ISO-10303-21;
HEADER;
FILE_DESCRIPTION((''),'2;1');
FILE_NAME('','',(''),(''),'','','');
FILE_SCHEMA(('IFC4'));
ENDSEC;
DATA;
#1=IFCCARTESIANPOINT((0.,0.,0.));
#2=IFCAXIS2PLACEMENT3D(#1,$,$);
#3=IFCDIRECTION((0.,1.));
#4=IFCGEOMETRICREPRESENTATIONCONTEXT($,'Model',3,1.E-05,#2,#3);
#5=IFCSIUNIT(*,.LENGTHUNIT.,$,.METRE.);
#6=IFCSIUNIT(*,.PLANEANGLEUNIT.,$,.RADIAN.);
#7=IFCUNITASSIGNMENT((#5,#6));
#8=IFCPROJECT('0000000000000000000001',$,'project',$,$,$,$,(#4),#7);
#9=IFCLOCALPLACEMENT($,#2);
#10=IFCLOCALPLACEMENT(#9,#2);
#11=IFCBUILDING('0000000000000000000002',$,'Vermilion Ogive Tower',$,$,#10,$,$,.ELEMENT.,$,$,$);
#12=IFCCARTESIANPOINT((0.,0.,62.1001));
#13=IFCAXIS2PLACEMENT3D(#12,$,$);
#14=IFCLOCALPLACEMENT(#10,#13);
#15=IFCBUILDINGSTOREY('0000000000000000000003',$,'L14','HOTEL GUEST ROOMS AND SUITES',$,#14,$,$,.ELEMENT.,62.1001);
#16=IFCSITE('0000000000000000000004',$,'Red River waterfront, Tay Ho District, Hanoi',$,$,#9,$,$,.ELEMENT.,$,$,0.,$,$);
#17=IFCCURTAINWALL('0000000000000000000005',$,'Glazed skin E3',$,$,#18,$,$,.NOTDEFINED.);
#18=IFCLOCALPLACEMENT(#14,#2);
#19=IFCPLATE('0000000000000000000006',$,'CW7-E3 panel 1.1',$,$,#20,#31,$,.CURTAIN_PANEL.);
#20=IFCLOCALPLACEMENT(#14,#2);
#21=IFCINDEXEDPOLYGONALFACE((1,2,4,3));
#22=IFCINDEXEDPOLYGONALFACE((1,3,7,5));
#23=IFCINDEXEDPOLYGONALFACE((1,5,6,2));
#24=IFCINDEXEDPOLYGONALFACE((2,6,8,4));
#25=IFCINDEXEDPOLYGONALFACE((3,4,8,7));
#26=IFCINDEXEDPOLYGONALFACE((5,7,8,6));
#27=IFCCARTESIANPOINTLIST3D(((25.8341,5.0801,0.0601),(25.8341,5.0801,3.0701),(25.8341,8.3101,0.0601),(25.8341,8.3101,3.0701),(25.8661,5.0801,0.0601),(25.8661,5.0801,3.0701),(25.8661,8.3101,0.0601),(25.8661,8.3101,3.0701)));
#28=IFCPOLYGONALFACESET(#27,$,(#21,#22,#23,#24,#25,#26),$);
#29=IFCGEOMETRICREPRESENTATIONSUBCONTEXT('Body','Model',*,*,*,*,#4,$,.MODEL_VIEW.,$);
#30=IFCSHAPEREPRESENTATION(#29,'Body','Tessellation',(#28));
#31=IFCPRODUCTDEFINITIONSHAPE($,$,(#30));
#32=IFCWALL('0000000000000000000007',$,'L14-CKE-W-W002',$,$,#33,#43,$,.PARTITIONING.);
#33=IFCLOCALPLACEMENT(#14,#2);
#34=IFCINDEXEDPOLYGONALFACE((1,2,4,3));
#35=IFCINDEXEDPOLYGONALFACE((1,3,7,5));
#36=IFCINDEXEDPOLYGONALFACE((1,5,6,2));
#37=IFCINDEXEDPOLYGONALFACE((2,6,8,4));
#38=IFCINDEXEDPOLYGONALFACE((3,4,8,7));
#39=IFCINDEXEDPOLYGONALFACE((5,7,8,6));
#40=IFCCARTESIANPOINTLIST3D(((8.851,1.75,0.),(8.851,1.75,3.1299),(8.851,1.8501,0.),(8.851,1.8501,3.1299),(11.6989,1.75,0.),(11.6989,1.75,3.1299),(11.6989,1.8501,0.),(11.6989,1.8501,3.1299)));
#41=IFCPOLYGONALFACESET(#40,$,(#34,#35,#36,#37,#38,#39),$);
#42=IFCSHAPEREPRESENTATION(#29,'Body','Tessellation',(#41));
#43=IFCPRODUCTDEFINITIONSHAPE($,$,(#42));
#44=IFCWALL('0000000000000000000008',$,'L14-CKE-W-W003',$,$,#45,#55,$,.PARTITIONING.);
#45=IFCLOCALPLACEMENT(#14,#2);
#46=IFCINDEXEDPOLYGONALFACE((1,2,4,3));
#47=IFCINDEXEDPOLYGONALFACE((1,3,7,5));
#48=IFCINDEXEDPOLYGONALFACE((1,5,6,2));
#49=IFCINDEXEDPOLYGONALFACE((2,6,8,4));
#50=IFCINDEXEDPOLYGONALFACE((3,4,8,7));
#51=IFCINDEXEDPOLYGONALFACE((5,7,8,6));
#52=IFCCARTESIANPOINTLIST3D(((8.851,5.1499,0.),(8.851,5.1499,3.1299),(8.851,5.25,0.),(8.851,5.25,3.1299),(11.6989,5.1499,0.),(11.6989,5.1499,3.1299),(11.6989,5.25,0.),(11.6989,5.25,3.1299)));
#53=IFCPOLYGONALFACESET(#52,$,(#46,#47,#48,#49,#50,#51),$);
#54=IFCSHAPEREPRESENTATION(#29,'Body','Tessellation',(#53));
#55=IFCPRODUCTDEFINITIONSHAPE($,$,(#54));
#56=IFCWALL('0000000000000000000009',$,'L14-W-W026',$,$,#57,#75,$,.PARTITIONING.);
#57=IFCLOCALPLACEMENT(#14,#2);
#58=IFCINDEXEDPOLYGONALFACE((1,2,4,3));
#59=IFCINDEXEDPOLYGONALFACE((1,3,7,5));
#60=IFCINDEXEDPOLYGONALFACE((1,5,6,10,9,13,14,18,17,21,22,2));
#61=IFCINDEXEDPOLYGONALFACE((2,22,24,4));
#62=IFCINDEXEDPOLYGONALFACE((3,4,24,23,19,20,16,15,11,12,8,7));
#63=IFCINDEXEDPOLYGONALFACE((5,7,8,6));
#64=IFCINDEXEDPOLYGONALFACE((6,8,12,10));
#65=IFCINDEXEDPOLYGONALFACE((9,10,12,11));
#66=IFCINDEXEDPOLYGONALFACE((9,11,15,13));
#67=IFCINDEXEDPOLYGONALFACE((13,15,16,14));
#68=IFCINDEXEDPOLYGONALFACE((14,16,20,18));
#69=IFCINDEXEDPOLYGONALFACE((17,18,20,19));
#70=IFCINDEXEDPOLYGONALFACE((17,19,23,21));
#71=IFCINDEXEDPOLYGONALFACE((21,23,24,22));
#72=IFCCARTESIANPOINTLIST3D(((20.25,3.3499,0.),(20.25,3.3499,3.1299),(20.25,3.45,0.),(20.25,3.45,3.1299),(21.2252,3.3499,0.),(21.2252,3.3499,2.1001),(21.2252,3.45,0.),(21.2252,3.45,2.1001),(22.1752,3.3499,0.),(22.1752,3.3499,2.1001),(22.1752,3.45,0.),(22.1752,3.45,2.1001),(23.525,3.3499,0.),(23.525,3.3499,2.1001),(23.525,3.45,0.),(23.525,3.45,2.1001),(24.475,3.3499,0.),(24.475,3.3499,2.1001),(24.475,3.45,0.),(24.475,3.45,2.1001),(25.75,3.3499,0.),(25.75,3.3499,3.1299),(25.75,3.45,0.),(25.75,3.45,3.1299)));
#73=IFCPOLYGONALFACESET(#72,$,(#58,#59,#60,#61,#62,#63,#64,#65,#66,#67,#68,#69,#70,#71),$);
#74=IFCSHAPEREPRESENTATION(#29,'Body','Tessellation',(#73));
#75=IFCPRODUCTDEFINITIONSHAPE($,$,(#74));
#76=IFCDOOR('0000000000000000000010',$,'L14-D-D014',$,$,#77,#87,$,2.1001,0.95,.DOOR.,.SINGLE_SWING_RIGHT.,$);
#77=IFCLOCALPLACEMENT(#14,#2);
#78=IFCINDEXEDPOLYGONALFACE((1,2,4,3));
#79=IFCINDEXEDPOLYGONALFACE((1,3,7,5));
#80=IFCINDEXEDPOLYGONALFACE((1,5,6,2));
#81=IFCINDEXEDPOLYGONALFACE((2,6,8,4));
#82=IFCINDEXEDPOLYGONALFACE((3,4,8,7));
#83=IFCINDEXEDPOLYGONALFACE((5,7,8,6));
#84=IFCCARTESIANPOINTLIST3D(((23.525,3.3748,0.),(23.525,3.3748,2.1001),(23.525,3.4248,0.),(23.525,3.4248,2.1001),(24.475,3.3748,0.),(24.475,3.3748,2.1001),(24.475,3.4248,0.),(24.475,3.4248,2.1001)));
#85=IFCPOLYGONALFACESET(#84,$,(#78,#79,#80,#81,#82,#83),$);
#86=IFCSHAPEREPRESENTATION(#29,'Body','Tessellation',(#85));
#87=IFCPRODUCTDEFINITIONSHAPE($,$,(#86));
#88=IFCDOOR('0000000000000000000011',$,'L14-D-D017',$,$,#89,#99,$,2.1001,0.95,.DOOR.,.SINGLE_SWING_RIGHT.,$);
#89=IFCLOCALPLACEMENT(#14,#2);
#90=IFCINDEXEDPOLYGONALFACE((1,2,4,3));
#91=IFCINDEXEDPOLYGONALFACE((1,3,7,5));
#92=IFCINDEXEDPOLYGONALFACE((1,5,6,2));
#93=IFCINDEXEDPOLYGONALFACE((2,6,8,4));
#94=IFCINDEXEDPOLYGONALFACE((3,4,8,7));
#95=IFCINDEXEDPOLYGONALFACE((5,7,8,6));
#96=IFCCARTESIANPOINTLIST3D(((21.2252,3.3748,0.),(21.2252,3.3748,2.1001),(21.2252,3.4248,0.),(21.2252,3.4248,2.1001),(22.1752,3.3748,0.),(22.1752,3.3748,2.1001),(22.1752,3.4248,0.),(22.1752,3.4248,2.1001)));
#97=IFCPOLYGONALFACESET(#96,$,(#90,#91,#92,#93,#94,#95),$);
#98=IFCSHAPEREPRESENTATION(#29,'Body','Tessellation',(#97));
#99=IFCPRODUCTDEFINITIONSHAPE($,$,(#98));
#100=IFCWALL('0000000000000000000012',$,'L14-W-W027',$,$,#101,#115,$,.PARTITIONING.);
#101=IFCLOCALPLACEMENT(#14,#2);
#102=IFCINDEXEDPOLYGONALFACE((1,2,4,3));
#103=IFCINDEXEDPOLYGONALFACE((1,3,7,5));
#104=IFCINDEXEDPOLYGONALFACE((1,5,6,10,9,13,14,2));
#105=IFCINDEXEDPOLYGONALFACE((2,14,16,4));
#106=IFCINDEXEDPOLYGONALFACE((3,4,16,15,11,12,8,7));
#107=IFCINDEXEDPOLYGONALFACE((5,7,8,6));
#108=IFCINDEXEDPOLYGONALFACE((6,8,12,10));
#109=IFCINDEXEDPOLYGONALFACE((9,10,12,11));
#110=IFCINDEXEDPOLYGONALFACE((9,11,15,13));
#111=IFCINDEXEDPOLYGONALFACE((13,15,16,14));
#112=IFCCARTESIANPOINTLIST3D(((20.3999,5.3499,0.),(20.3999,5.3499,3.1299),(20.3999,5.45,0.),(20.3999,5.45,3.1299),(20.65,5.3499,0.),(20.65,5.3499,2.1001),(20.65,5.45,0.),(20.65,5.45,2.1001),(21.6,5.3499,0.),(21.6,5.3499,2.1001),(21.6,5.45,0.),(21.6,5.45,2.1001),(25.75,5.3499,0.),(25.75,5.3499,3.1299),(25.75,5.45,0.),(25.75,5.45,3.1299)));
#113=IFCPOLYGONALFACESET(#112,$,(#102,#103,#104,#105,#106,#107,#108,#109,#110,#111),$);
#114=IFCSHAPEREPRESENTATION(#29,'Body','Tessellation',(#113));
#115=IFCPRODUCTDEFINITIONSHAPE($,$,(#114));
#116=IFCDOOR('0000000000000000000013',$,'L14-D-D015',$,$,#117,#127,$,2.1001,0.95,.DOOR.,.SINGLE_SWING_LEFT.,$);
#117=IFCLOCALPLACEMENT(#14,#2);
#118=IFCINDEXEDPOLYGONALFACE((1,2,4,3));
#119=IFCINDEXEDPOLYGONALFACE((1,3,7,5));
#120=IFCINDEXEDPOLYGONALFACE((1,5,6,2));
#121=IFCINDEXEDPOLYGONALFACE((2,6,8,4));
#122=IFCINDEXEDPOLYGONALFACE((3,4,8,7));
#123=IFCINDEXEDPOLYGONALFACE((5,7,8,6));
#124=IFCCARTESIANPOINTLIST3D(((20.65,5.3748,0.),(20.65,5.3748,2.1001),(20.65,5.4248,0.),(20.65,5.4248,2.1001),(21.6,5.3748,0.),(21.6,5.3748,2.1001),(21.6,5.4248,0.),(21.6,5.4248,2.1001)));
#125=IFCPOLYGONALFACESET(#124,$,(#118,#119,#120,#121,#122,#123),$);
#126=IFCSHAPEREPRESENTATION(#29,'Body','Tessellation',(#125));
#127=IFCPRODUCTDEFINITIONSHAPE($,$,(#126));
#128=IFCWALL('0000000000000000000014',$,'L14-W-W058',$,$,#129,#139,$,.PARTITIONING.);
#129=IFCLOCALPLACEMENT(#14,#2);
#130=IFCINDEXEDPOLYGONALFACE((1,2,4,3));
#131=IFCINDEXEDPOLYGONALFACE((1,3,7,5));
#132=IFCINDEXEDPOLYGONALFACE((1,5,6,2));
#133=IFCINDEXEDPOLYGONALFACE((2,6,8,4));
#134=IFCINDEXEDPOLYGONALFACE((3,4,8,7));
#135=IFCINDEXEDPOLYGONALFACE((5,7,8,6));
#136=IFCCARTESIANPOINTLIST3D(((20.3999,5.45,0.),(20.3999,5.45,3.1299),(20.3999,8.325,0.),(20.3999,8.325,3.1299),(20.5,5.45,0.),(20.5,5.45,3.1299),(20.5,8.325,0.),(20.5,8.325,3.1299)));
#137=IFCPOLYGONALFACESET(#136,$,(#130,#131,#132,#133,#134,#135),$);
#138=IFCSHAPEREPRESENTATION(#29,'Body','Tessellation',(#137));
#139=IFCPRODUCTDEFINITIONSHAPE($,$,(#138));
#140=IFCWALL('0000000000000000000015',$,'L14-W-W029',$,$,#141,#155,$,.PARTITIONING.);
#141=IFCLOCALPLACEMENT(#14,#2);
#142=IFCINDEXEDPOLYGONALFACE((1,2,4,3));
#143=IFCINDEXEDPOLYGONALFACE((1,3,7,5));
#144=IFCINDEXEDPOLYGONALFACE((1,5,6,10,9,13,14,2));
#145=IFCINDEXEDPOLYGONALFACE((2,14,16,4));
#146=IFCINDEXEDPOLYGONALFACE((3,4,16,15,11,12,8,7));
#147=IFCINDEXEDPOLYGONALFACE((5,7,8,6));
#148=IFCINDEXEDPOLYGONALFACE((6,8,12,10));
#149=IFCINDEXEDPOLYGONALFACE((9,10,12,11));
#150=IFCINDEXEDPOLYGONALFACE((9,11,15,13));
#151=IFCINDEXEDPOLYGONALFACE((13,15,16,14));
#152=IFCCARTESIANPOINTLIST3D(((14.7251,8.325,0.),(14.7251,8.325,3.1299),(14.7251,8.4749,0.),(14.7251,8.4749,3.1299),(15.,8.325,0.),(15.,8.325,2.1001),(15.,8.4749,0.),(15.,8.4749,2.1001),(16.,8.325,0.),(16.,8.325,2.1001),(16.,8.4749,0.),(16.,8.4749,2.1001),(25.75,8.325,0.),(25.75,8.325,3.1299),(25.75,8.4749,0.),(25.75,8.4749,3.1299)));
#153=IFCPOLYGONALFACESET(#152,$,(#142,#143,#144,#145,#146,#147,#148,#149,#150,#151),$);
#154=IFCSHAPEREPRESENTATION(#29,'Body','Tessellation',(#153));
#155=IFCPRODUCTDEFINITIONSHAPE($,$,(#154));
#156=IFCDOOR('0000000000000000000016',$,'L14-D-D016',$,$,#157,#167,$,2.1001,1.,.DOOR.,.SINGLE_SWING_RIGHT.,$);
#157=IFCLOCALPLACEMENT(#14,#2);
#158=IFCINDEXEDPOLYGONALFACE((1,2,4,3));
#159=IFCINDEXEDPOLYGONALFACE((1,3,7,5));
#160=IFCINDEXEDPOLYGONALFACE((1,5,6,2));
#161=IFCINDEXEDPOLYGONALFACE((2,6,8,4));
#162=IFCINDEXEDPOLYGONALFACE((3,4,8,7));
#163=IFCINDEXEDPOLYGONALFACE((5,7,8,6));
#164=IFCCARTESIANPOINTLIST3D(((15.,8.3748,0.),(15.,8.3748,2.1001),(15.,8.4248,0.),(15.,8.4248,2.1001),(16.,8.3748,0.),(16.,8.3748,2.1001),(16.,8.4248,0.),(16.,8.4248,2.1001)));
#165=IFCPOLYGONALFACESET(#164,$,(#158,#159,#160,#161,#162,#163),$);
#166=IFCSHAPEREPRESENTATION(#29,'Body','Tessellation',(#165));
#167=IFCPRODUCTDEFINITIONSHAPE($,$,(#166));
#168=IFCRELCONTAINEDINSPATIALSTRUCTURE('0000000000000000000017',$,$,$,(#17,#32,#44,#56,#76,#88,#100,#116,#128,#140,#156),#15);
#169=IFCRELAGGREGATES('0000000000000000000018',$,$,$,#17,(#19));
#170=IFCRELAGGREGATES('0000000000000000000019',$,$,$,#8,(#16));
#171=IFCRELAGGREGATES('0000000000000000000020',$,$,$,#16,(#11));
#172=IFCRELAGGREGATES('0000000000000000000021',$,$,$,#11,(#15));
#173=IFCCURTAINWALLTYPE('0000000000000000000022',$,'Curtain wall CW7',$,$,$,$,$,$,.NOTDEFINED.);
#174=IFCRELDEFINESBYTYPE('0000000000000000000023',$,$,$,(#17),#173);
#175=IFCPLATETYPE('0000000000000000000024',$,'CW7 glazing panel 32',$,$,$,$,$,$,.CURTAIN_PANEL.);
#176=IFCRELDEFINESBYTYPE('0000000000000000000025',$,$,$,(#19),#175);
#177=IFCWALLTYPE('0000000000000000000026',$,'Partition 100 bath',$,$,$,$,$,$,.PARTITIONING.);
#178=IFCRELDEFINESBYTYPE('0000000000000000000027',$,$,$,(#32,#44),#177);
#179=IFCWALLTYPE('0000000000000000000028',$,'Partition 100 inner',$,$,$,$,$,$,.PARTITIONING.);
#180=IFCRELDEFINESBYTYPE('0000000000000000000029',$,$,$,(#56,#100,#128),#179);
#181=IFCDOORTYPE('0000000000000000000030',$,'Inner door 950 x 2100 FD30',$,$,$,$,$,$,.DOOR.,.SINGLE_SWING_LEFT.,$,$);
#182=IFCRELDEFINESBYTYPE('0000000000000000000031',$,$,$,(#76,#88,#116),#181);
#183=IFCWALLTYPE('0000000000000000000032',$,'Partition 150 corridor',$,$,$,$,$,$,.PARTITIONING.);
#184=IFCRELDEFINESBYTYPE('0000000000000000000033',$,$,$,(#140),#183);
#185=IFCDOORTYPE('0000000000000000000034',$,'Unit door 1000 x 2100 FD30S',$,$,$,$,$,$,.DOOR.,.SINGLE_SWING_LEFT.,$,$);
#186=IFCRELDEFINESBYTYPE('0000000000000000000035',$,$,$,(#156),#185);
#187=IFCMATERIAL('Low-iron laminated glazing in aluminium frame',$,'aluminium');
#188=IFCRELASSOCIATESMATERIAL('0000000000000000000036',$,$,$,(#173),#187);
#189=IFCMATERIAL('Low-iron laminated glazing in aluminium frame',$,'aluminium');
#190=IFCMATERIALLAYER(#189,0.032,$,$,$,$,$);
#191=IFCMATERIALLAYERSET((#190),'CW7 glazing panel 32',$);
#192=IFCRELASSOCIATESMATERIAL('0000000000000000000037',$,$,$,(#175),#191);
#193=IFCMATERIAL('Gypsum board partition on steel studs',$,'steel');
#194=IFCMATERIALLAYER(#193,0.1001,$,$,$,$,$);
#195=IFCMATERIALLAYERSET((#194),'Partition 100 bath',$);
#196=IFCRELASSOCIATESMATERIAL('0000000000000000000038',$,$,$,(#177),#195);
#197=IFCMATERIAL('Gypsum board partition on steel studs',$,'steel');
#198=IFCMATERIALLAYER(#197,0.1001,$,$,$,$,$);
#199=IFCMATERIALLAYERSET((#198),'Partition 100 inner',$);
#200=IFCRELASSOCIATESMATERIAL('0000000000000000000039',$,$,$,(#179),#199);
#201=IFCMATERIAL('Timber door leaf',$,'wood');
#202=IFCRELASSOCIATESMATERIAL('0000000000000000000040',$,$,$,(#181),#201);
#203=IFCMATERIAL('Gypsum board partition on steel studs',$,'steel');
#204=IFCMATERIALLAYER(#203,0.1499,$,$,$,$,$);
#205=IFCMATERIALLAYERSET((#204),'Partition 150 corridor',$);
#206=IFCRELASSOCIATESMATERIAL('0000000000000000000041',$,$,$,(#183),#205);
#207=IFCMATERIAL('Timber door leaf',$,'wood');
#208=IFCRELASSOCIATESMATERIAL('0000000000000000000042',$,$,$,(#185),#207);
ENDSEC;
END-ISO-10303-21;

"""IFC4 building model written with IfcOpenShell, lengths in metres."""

from ifc_helpers import new_model, si_unit, direction, frame, frame_2d, origin, origin_2d, place, context, subcontext, project, spatial, rectangle, extrude, material, layer, layer_set, type_object, element, fill, aggregate, save


model = new_model("IFC4")

# Units and contexts
model_context = context("Model", 3, precision=1e-05, world=origin(), true_north=direction((0.0, 1.0)))
body_context = subcontext(model_context, "Body", "Model", "MODEL_VIEW")
ifc_project = project(units=[si_unit("LENGTHUNIT", "METRE"), si_unit("PLANEANGLEUNIT", "RADIAN")], contexts=[model_context])

# Site, building, storey
site_placement = place(None, origin())
site = spatial("IfcSite", under=ifc_project, at=site_placement, Name="Red River waterfront, Tay Ho District, Hanoi", CompositionType="ELEMENT", RefElevation=0.0)
building_placement = place(site_placement, origin())
building = spatial("IfcBuilding", under=site, at=building_placement, Name="Vermilion Ogive Tower", CompositionType="ELEMENT")
storey_placement = place(building_placement, frame((0.0, 0.0, 62.1001)))
storey = spatial("IfcBuildingStorey", under=building, at=storey_placement, Name="L14", Description="HOTEL GUEST ROOMS AND SUITES", CompositionType="ELEMENT", Elevation=62.1001)

# Curtain wall
ifc_material_1 = material(Name="Low-iron laminated glazing in aluminium frame", Category="aluminium")
curtain_wall_type = type_object("IfcCurtainWallType", Name="Curtain wall CW7", PredefinedType="NOTDEFINED", material=ifc_material_1)
curtain_wall_1_placement = place(storey_placement, origin())
curtain_wall_1 = element("IfcCurtainWall", 1, at=curtain_wall_1_placement, inside=storey, type_object=curtain_wall_type, Name="Glazed skin E3", PredefinedType="NOTDEFINED")

# Plate
ifc_material_2 = material(Name="Low-iron laminated glazing in aluminium frame", Category="aluminium")
ifc_layer_1 = layer(ifc_material_2, 0.032)
ifc_layer_set_1 = layer_set([ifc_layer_1], Name="CW7 glazing panel 32")
plate_type = type_object("IfcPlateType", Name="CW7 glazing panel 32", PredefinedType="CURTAIN_PANEL", material=ifc_layer_set_1)
plate_1_placement = place(storey_placement, frame((25.8501, 6.6951, 0.0601), z_axis=(0.0, 0.0, 1.0), x_axis=(0.0, 1.0, 0.0)))
plate_1 = element("IfcPlate", 2, at=plate_1_placement, type_object=plate_type, Name="CW7-E3 panel 1.1", PredefinedType="CURTAIN_PANEL", context=body_context, shape_type="SweptSolid", body=[
    extrude(rectangle(XDim=3.23, YDim=0.032, at=origin_2d()), origin(), (0.0, 0.0, 1.0), 3.01),
])
aggregate(curtain_wall_1, [plate_1])

# Walls
ifc_material_3 = material(Name="Gypsum board partition on steel studs", Category="steel")
ifc_layer_2 = layer(ifc_material_3, 0.1001)
ifc_layer_set_2 = layer_set([ifc_layer_2], Name="Partition 100 bath")
wall_type_1 = type_object("IfcWallType", Name="Partition 100 bath", PredefinedType="PARTITIONING", material=ifc_layer_set_2)
for number, where, z_axis, x_axis, name in (
    (3, (8.8511, 1.8, 0.0), (0.0, 0.0, 1.0), (1.0, 0.0, 0.0), "L14-CKE-W-W002"),
    (4, (8.8511, 5.2, 0.0), (0.0, 0.0, 1.0), (1.0, 0.0, 0.0), "L14-CKE-W-W003"),
):
    element("IfcWall", number, at=place(storey_placement, frame(where, z_axis=z_axis, x_axis=x_axis)), inside=storey, type_object=wall_type_1, Name=name, PredefinedType="PARTITIONING", context=body_context, shape_type="SweptSolid", body=[
        extrude(rectangle(XDim=2.8479, YDim=0.1001, at=frame_2d((1.4238, 0.0))), origin(), (0.0, 0.0, 1.0), 3.1299),
    ])

# Wall, openings, doors
ifc_material_4 = material(Name="Gypsum board partition on steel studs", Category="steel")
ifc_layer_3 = layer(ifc_material_4, 0.1001)
ifc_layer_set_3 = layer_set([ifc_layer_3], Name="Partition 100 inner")
wall_type_2 = type_object("IfcWallType", Name="Partition 100 inner", PredefinedType="PARTITIONING", material=ifc_layer_set_3)
wall_1_placement = place(storey_placement, frame((20.25, 3.3999, 0.0), z_axis=(0.0, 0.0, 1.0), x_axis=(1.0, 0.0, 0.0)))
wall_1 = element("IfcWall", 5, at=wall_1_placement, inside=storey, type_object=wall_type_2, Name="L14-W-W026", PredefinedType="PARTITIONING", context=body_context, shape_type="SweptSolid", body=[
    extrude(rectangle(XDim=5.5, YDim=0.1001, at=frame_2d((2.75, 0.0))), origin(), (0.0, 0.0, 1.0), 3.1299),
])
opening_1_placement = place(wall_1_placement, frame((3.2749, 0.0, 0.0)))
opening_1 = element("IfcOpeningElement", 6, at=opening_1_placement, cuts=wall_1, PredefinedType="OPENING", context=body_context, shape_type="SweptSolid", body=[
    extrude(rectangle(XDim=0.95, YDim=2.1001, at=frame_2d((0.4751, 1.05))), frame((0.0, 0.0601, 0.0), z_axis=(0.0, -1.0, 0.0), x_axis=(1.0, 0.0, 0.0)), (0.0, 0.0, 1.0), 0.1201),
])
opening_2_placement = place(wall_1_placement, frame((0.9751, 0.0, 0.0)))
opening_2 = element("IfcOpeningElement", 7, at=opening_2_placement, cuts=wall_1, PredefinedType="OPENING", context=body_context, shape_type="SweptSolid", body=[
    extrude(rectangle(XDim=0.95, YDim=2.1001, at=frame_2d((0.4751, 1.05))), frame((0.0, 0.0601, 0.0), z_axis=(0.0, -1.0, 0.0), x_axis=(1.0, 0.0, 0.0)), (0.0, 0.0, 1.0), 0.1201),
])
ifc_material_5 = material(Name="Timber door leaf", Category="wood")
door_type_1 = type_object("IfcDoorType", Name="Inner door 950 x 2100 FD30", OperationType="SINGLE_SWING_LEFT", PredefinedType="DOOR", material=ifc_material_5)
door_1_placement = place(opening_1_placement, origin())
door_1 = element("IfcDoor", 8, at=door_1_placement, inside=storey, type_object=door_type_1, Name="L14-D-D014", OperationType="SINGLE_SWING_RIGHT", OverallHeight=2.1001, OverallWidth=0.95, PredefinedType="DOOR", context=body_context, shape_type="SweptSolid", body=[
    extrude(rectangle(XDim=0.95, YDim=2.1001, at=frame_2d((0.4751, 1.05))), frame((0.0, 0.0249, 0.0), z_axis=(0.0, -1.0, 0.0), x_axis=(1.0, 0.0, 0.0)), (0.0, 0.0, 1.0), 0.05),
])
fill(opening_1, door_1)
door_2_placement = place(opening_2_placement, origin())
door_2 = element("IfcDoor", 9, at=door_2_placement, inside=storey, type_object=door_type_1, Name="L14-D-D017", OperationType="SINGLE_SWING_RIGHT", OverallHeight=2.1001, OverallWidth=0.95, PredefinedType="DOOR", context=body_context, shape_type="SweptSolid", body=[
    extrude(rectangle(XDim=0.95, YDim=2.1001, at=frame_2d((0.4751, 1.05))), frame((0.0, 0.0249, 0.0), z_axis=(0.0, -1.0, 0.0), x_axis=(1.0, 0.0, 0.0)), (0.0, 0.0, 1.0), 0.05),
])
fill(opening_2, door_2)

# Wall, opening, door
wall_2_placement = place(storey_placement, frame((20.3999, 5.3999, 0.0), z_axis=(0.0, 0.0, 1.0), x_axis=(1.0, 0.0, 0.0)))
wall_2 = element("IfcWall", 10, at=wall_2_placement, inside=storey, type_object=wall_type_2, Name="L14-W-W027", PredefinedType="PARTITIONING", context=body_context, shape_type="SweptSolid", body=[
    extrude(rectangle(XDim=5.3501, YDim=0.1001, at=frame_2d((2.675, 0.0))), origin(), (0.0, 0.0, 1.0), 3.1299),
])
opening_3_placement = place(wall_2_placement, frame((0.25, 0.0, 0.0)))
opening_3 = element("IfcOpeningElement", 11, at=opening_3_placement, cuts=wall_2, PredefinedType="OPENING", context=body_context, shape_type="SweptSolid", body=[
    extrude(rectangle(XDim=0.95, YDim=2.1001, at=frame_2d((0.4751, 1.05))), frame((0.0, 0.0601, 0.0), z_axis=(0.0, -1.0, 0.0), x_axis=(1.0, 0.0, 0.0)), (0.0, 0.0, 1.0), 0.1201),
])
door_3_placement = place(opening_3_placement, origin())
door_3 = element("IfcDoor", 12, at=door_3_placement, inside=storey, type_object=door_type_1, Name="L14-D-D015", OperationType="SINGLE_SWING_LEFT", OverallHeight=2.1001, OverallWidth=0.95, PredefinedType="DOOR", context=body_context, shape_type="SweptSolid", body=[
    extrude(rectangle(XDim=0.95, YDim=2.1001, at=frame_2d((0.4751, 1.05))), frame((0.0, 0.0249, 0.0), z_axis=(0.0, -1.0, 0.0), x_axis=(1.0, 0.0, 0.0)), (0.0, 0.0, 1.0), 0.05),
])
fill(opening_3, door_3)

# Wall
wall_3_placement = place(storey_placement, frame((20.45, 5.45, 0.0), z_axis=(0.0, 0.0, 1.0), x_axis=(0.0, 1.0, 0.0)))
element("IfcWall", 13, at=wall_3_placement, inside=storey, type_object=wall_type_2, Name="L14-W-W058", PredefinedType="PARTITIONING", context=body_context, shape_type="SweptSolid", body=[
    extrude(rectangle(XDim=2.875, YDim=0.1001, at=frame_2d((1.4375, 0.0))), origin(), (0.0, 0.0, 1.0), 3.1299),
])

# Wall, opening, door
ifc_material_6 = material(Name="Gypsum board partition on steel studs", Category="steel")
ifc_layer_4 = layer(ifc_material_6, 0.1499)
ifc_layer_set_4 = layer_set([ifc_layer_4], Name="Partition 150 corridor")
wall_type_3 = type_object("IfcWallType", Name="Partition 150 corridor", PredefinedType="PARTITIONING", material=ifc_layer_set_4)
wall_4_placement = place(storey_placement, frame((14.7251, 8.3999, 0.0), z_axis=(0.0, 0.0, 1.0), x_axis=(1.0, 0.0, 0.0)))
wall_4 = element("IfcWall", 14, at=wall_4_placement, inside=storey, type_object=wall_type_3, Name="L14-W-W029", PredefinedType="PARTITIONING", context=body_context, shape_type="SweptSolid", body=[
    extrude(rectangle(XDim=11.0249, YDim=0.1499, at=frame_2d((5.5125, 0.0))), origin(), (0.0, 0.0, 1.0), 3.1299),
])
opening_4_placement = place(wall_4_placement, frame((0.2749, 0.0, 0.0)))
opening_4 = element("IfcOpeningElement", 15, at=opening_4_placement, cuts=wall_4, PredefinedType="OPENING", context=body_context, shape_type="SweptSolid", body=[
    extrude(rectangle(XDim=1.0, YDim=2.1001, at=frame_2d((0.5, 1.05))), frame((0.0, 0.085, 0.0), z_axis=(0.0, -1.0, 0.0), x_axis=(1.0, 0.0, 0.0)), (0.0, 0.0, 1.0), 0.1699),
])
ifc_material_7 = material(Name="Timber door leaf", Category="wood")
door_type_2 = type_object("IfcDoorType", Name="Unit door 1000 x 2100 FD30S", OperationType="SINGLE_SWING_LEFT", PredefinedType="DOOR", material=ifc_material_7)
door_4_placement = place(opening_4_placement, origin())
door_4 = element("IfcDoor", 16, at=door_4_placement, inside=storey, type_object=door_type_2, Name="L14-D-D016", OperationType="SINGLE_SWING_RIGHT", OverallHeight=2.1001, OverallWidth=1.0, PredefinedType="DOOR", context=body_context, shape_type="SweptSolid", body=[
    extrude(rectangle(XDim=1.0, YDim=2.1001, at=frame_2d((0.5, 1.05))), frame((0.0, 0.0249, 0.0), z_axis=(0.0, -1.0, 0.0), x_axis=(1.0, 0.0, 0.0)), (0.0, 0.0, 1.0), 0.05),
])
fill(opening_4, door_4)

save(model, "model.ifc")
